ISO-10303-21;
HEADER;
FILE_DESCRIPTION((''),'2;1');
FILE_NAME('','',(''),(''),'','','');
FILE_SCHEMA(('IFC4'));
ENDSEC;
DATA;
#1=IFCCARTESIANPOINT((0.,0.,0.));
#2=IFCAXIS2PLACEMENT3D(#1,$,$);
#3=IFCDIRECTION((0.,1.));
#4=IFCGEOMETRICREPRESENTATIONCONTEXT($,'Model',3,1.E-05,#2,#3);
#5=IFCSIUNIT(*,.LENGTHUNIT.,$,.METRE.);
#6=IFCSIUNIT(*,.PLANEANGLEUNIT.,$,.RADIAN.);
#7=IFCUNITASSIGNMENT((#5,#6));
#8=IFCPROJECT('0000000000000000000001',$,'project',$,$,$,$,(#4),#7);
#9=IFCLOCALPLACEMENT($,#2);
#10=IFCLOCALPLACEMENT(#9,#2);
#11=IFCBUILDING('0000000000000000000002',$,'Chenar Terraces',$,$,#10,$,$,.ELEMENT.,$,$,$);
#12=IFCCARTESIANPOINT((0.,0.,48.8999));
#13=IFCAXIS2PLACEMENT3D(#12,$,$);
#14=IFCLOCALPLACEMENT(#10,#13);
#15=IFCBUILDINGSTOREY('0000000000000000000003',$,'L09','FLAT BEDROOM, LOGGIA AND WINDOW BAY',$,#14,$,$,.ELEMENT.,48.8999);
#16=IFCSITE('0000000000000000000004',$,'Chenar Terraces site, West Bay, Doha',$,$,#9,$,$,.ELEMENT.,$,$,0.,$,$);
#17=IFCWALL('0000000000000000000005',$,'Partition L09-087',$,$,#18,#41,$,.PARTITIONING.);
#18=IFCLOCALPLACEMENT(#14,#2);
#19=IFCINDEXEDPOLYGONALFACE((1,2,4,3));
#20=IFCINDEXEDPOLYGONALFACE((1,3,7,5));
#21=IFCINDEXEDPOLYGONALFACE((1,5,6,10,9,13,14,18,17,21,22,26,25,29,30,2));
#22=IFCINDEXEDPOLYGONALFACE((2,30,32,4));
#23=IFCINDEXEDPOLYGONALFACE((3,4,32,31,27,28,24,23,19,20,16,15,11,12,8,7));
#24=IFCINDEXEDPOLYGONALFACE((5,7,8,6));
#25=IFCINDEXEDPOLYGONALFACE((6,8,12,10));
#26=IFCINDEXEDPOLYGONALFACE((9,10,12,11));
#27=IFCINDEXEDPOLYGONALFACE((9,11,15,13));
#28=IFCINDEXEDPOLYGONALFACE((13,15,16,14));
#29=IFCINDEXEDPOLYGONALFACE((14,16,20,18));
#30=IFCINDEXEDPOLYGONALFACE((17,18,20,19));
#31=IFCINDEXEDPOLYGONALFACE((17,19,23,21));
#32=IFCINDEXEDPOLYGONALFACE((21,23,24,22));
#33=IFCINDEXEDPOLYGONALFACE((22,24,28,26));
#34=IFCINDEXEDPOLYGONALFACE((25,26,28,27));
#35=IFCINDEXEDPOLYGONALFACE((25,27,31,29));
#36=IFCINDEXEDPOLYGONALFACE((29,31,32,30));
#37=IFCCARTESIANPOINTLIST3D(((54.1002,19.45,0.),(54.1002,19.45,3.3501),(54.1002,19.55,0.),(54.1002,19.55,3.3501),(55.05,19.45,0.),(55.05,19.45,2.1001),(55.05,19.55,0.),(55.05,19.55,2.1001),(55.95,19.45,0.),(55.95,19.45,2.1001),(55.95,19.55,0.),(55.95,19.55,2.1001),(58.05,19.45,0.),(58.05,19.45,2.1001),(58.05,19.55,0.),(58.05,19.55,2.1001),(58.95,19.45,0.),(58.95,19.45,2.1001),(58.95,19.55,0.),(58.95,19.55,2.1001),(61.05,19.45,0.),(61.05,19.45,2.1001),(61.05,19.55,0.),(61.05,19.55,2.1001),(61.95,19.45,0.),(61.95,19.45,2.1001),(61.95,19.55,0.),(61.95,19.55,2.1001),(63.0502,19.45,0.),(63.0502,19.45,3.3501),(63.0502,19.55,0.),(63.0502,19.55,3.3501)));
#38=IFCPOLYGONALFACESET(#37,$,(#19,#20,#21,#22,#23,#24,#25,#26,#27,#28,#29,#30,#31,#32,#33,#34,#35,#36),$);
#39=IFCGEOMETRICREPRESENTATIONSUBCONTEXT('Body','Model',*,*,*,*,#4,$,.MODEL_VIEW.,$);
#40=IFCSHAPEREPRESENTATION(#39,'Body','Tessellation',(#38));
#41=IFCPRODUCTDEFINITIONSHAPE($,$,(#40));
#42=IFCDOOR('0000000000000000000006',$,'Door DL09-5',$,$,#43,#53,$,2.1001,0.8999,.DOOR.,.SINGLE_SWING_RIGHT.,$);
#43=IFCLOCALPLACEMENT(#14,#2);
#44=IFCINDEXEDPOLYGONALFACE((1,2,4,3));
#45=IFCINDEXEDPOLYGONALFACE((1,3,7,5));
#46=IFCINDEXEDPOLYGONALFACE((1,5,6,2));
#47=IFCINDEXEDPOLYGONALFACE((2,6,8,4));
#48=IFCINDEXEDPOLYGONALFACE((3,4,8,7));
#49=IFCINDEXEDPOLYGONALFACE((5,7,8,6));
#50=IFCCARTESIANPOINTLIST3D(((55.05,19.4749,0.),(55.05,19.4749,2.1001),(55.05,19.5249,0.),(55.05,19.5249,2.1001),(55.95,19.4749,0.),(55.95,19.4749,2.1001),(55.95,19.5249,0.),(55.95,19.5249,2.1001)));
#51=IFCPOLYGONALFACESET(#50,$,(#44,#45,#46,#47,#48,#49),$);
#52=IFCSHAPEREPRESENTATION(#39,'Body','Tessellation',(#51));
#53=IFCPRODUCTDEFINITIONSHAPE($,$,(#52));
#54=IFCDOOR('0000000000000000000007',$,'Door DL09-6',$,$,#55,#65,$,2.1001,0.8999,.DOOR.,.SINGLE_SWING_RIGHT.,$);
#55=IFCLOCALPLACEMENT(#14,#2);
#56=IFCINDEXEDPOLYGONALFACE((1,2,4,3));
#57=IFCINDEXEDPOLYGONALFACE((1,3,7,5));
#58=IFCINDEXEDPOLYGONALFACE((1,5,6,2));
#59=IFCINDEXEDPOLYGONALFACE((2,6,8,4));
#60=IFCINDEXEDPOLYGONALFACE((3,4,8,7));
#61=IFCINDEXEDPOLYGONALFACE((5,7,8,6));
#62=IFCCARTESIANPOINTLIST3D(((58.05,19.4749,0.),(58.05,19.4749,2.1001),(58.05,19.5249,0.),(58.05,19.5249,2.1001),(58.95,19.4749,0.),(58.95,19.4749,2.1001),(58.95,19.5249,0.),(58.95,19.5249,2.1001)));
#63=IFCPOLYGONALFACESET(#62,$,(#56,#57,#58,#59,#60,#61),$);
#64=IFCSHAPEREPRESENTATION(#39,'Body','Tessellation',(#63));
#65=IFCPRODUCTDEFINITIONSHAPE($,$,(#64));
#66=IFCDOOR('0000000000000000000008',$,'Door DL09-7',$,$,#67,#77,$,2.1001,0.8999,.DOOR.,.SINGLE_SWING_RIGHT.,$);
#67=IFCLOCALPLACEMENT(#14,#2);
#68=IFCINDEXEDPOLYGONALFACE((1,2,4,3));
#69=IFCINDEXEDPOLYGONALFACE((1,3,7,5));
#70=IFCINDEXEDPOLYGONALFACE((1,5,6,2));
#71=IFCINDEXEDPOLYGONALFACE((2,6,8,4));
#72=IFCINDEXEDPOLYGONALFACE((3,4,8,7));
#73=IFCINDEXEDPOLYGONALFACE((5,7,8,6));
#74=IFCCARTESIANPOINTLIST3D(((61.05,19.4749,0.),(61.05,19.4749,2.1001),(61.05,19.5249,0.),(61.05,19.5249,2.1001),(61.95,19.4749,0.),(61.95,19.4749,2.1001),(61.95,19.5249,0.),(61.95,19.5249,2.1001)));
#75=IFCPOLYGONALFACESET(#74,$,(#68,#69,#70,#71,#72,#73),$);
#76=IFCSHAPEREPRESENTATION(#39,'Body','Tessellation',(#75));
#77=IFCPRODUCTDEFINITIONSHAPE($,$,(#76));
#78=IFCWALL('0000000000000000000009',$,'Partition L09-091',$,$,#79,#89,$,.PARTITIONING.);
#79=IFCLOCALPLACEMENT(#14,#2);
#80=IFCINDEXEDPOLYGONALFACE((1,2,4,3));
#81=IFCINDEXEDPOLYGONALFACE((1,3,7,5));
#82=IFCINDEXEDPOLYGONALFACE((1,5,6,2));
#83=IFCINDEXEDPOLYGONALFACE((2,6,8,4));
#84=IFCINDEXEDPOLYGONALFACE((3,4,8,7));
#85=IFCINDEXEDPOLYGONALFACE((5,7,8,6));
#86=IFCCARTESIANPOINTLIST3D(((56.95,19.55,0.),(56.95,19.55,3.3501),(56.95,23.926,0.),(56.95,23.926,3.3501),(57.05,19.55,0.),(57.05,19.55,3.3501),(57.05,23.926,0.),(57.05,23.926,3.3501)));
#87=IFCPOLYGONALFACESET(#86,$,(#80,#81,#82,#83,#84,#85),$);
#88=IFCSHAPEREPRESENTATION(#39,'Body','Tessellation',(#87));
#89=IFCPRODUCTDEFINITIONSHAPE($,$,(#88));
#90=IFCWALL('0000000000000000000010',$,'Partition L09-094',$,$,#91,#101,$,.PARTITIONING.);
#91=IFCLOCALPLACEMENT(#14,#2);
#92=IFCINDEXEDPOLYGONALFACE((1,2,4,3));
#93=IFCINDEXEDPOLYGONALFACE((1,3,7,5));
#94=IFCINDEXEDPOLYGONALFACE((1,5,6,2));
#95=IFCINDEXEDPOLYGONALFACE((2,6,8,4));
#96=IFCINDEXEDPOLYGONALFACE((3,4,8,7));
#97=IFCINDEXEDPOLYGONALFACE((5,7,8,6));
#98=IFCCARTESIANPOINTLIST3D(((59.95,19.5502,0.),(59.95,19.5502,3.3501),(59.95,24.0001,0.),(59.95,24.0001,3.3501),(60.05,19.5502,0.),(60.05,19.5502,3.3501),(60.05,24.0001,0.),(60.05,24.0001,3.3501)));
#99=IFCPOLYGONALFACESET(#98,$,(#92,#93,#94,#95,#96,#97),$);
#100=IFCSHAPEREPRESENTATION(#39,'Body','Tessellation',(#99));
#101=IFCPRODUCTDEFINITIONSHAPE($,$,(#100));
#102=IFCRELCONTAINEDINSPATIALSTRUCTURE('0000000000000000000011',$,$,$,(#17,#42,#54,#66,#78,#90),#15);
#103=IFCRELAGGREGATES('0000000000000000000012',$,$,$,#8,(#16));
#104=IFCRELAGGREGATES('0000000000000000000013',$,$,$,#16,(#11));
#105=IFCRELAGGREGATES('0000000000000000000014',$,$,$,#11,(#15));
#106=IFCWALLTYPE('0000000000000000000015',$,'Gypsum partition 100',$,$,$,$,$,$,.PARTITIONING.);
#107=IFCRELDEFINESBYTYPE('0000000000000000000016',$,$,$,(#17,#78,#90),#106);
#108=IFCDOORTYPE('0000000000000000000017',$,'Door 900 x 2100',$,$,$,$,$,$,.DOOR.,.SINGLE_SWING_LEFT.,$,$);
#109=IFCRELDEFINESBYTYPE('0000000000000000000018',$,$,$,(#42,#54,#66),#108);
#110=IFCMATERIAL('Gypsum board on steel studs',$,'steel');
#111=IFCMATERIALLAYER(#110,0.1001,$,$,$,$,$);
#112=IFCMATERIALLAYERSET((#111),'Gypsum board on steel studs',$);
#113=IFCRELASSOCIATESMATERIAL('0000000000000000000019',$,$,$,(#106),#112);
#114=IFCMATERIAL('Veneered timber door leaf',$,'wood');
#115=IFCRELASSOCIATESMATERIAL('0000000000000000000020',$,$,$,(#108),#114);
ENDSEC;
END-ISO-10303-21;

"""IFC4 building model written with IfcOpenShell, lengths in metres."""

from ifc_helpers import new_model, si_unit, direction, frame, frame_2d, origin, place, context, subcontext, project, spatial, rectangle, extrude, material, layer, layer_set, type_object, element, fill, save


model = new_model("IFC4")

# Units and contexts
model_context = context("Model", 3, precision=1e-05, world=origin(), true_north=direction((0.0, 1.0)))
body_context = subcontext(model_context, "Body", "Model", "MODEL_VIEW")
ifc_project = project(units=[si_unit("LENGTHUNIT", "METRE"), si_unit("PLANEANGLEUNIT", "RADIAN")], contexts=[model_context])

# Site, building, storey
site_placement = place(None, origin())
site = spatial("IfcSite", under=ifc_project, at=site_placement, Name="Chenar Terraces site, West Bay, Doha", CompositionType="ELEMENT", RefElevation=0.0)
building_placement = place(site_placement, origin())
building = spatial("IfcBuilding", under=site, at=building_placement, Name="Chenar Terraces", CompositionType="ELEMENT")
storey_placement = place(building_placement, frame((0.0, 0.0, 48.8999)))
storey = spatial("IfcBuildingStorey", under=building, at=storey_placement, Name="L09", Description="FLAT BEDROOM, LOGGIA AND WINDOW BAY", CompositionType="ELEMENT", Elevation=48.8999)

# Wall, openings, doors
ifc_material_1 = material(Name="Gypsum board on steel studs", Category="steel")
ifc_layer_1 = layer(ifc_material_1, 0.1001)
ifc_layer_set_1 = layer_set([ifc_layer_1], Name="Gypsum board on steel studs")
wall_type_1 = type_object("IfcWallType", Name="Gypsum partition 100", PredefinedType="PARTITIONING", material=ifc_layer_set_1)
wall_1_placement = place(storey_placement, frame((54.1001, 19.5, 0.0), z_axis=(0.0, 0.0, 1.0), x_axis=(1.0, 0.0, 0.0)))
wall_1 = element("IfcWall", 1, at=wall_1_placement, inside=storey, type_object=wall_type_1, Name="Partition L09-087", PredefinedType="PARTITIONING", context=body_context, shape_type="SweptSolid", body=[
    extrude(rectangle(XDim=8.95, YDim=0.1001, at=frame_2d((4.4751, 0.0))), origin(), (0.0, 0.0, 1.0), 3.3501),
])
opening_1_placement = place(wall_1_placement, frame((0.95, 0.0, 0.0)))
opening_1 = element("IfcOpeningElement", 2, at=opening_1_placement, cuts=wall_1, PredefinedType="OPENING", context=body_context, shape_type="SweptSolid", body=[
    extrude(rectangle(XDim=0.8999, YDim=2.1001, at=frame_2d((0.45, 1.05))), frame((0.0, 0.0601, 0.0), z_axis=(0.0, -1.0, 0.0), x_axis=(1.0, 0.0, 0.0)), (0.0, 0.0, 1.0), 0.1201),
])
opening_2_placement = place(wall_1_placement, frame((3.95, 0.0, 0.0)))
opening_2 = element("IfcOpeningElement", 3, at=opening_2_placement, cuts=wall_1, PredefinedType="OPENING", context=body_context, shape_type="SweptSolid", body=[
    extrude(rectangle(XDim=0.8999, YDim=2.1001, at=frame_2d((0.45, 1.05))), frame((0.0, 0.0601, 0.0), z_axis=(0.0, -1.0, 0.0), x_axis=(1.0, 0.0, 0.0)), (0.0, 0.0, 1.0), 0.1201),
])
opening_3_placement = place(wall_1_placement, frame((6.95, 0.0, 0.0)))
opening_3 = element("IfcOpeningElement", 4, at=opening_3_placement, cuts=wall_1, PredefinedType="OPENING", context=body_context, shape_type="SweptSolid", body=[
    extrude(rectangle(XDim=0.8999, YDim=2.1001, at=frame_2d((0.45, 1.05))), frame((0.0, 0.0601, 0.0), z_axis=(0.0, -1.0, 0.0), x_axis=(1.0, 0.0, 0.0)), (0.0, 0.0, 1.0), 0.1201),
])
ifc_material_2 = material(Name="Veneered timber door leaf", Category="wood")
door_type_1 = type_object("IfcDoorType", Name="Door 900 x 2100", OperationType="SINGLE_SWING_LEFT", PredefinedType="DOOR", material=ifc_material_2)
door_1_placement = place(opening_1_placement, origin())
door_1 = element("IfcDoor", 5, at=door_1_placement, inside=storey, type_object=door_type_1, Name="Door DL09-5", OperationType="SINGLE_SWING_RIGHT", OverallHeight=2.1001, OverallWidth=0.8999, PredefinedType="DOOR", context=body_context, shape_type="SweptSolid", body=[
    extrude(rectangle(XDim=0.8999, YDim=2.1001, at=frame_2d((0.45, 1.05))), frame((0.0, 0.0249, 0.0), z_axis=(0.0, -1.0, 0.0), x_axis=(1.0, 0.0, 0.0)), (0.0, 0.0, 1.0), 0.05),
])
fill(opening_1, door_1)
door_2_placement = place(opening_2_placement, origin())
door_2 = element("IfcDoor", 6, at=door_2_placement, inside=storey, type_object=door_type_1, Name="Door DL09-6", OperationType="SINGLE_SWING_RIGHT", OverallHeight=2.1001, OverallWidth=0.8999, PredefinedType="DOOR", context=body_context, shape_type="SweptSolid", body=[
    extrude(rectangle(XDim=0.8999, YDim=2.1001, at=frame_2d((0.45, 1.05))), frame((0.0, 0.0249, 0.0), z_axis=(0.0, -1.0, 0.0), x_axis=(1.0, 0.0, 0.0)), (0.0, 0.0, 1.0), 0.05),
])
fill(opening_2, door_2)
door_3_placement = place(opening_3_placement, origin())
door_3 = element("IfcDoor", 7, at=door_3_placement, inside=storey, type_object=door_type_1, Name="Door DL09-7", OperationType="SINGLE_SWING_RIGHT", OverallHeight=2.1001, OverallWidth=0.8999, PredefinedType="DOOR", context=body_context, shape_type="SweptSolid", body=[
    extrude(rectangle(XDim=0.8999, YDim=2.1001, at=frame_2d((0.45, 1.05))), frame((0.0, 0.0249, 0.0), z_axis=(0.0, -1.0, 0.0), x_axis=(1.0, 0.0, 0.0)), (0.0, 0.0, 1.0), 0.05),
])
fill(opening_3, door_3)

# Walls
wall_2_placement = place(storey_placement, frame((57.0, 19.55, 0.0), z_axis=(0.0, 0.0, 1.0), x_axis=(0.0, 1.0, 0.0)))
element("IfcWall", 8, at=wall_2_placement, inside=storey, type_object=wall_type_1, Name="Partition L09-091", PredefinedType="PARTITIONING", context=body_context, shape_type="SweptSolid", body=[
    extrude(rectangle(XDim=4.376, YDim=0.1001, at=frame_2d((2.188, 0.0))), origin(), (0.0, 0.0, 1.0), 3.3501),
])
wall_3_placement = place(storey_placement, frame((60.0, 19.55, 0.0), z_axis=(0.0, 0.0, 1.0), x_axis=(0.0, 1.0, 0.0)))
element("IfcWall", 9, at=wall_3_placement, inside=storey, type_object=wall_type_1, Name="Partition L09-094", PredefinedType="PARTITIONING", context=body_context, shape_type="SweptSolid", body=[
    extrude(rectangle(XDim=4.45, YDim=0.1001, at=frame_2d((2.2251, 0.0))), origin(), (0.0, 0.0, 1.0), 3.3501),
])

save(model, "model.ifc")
